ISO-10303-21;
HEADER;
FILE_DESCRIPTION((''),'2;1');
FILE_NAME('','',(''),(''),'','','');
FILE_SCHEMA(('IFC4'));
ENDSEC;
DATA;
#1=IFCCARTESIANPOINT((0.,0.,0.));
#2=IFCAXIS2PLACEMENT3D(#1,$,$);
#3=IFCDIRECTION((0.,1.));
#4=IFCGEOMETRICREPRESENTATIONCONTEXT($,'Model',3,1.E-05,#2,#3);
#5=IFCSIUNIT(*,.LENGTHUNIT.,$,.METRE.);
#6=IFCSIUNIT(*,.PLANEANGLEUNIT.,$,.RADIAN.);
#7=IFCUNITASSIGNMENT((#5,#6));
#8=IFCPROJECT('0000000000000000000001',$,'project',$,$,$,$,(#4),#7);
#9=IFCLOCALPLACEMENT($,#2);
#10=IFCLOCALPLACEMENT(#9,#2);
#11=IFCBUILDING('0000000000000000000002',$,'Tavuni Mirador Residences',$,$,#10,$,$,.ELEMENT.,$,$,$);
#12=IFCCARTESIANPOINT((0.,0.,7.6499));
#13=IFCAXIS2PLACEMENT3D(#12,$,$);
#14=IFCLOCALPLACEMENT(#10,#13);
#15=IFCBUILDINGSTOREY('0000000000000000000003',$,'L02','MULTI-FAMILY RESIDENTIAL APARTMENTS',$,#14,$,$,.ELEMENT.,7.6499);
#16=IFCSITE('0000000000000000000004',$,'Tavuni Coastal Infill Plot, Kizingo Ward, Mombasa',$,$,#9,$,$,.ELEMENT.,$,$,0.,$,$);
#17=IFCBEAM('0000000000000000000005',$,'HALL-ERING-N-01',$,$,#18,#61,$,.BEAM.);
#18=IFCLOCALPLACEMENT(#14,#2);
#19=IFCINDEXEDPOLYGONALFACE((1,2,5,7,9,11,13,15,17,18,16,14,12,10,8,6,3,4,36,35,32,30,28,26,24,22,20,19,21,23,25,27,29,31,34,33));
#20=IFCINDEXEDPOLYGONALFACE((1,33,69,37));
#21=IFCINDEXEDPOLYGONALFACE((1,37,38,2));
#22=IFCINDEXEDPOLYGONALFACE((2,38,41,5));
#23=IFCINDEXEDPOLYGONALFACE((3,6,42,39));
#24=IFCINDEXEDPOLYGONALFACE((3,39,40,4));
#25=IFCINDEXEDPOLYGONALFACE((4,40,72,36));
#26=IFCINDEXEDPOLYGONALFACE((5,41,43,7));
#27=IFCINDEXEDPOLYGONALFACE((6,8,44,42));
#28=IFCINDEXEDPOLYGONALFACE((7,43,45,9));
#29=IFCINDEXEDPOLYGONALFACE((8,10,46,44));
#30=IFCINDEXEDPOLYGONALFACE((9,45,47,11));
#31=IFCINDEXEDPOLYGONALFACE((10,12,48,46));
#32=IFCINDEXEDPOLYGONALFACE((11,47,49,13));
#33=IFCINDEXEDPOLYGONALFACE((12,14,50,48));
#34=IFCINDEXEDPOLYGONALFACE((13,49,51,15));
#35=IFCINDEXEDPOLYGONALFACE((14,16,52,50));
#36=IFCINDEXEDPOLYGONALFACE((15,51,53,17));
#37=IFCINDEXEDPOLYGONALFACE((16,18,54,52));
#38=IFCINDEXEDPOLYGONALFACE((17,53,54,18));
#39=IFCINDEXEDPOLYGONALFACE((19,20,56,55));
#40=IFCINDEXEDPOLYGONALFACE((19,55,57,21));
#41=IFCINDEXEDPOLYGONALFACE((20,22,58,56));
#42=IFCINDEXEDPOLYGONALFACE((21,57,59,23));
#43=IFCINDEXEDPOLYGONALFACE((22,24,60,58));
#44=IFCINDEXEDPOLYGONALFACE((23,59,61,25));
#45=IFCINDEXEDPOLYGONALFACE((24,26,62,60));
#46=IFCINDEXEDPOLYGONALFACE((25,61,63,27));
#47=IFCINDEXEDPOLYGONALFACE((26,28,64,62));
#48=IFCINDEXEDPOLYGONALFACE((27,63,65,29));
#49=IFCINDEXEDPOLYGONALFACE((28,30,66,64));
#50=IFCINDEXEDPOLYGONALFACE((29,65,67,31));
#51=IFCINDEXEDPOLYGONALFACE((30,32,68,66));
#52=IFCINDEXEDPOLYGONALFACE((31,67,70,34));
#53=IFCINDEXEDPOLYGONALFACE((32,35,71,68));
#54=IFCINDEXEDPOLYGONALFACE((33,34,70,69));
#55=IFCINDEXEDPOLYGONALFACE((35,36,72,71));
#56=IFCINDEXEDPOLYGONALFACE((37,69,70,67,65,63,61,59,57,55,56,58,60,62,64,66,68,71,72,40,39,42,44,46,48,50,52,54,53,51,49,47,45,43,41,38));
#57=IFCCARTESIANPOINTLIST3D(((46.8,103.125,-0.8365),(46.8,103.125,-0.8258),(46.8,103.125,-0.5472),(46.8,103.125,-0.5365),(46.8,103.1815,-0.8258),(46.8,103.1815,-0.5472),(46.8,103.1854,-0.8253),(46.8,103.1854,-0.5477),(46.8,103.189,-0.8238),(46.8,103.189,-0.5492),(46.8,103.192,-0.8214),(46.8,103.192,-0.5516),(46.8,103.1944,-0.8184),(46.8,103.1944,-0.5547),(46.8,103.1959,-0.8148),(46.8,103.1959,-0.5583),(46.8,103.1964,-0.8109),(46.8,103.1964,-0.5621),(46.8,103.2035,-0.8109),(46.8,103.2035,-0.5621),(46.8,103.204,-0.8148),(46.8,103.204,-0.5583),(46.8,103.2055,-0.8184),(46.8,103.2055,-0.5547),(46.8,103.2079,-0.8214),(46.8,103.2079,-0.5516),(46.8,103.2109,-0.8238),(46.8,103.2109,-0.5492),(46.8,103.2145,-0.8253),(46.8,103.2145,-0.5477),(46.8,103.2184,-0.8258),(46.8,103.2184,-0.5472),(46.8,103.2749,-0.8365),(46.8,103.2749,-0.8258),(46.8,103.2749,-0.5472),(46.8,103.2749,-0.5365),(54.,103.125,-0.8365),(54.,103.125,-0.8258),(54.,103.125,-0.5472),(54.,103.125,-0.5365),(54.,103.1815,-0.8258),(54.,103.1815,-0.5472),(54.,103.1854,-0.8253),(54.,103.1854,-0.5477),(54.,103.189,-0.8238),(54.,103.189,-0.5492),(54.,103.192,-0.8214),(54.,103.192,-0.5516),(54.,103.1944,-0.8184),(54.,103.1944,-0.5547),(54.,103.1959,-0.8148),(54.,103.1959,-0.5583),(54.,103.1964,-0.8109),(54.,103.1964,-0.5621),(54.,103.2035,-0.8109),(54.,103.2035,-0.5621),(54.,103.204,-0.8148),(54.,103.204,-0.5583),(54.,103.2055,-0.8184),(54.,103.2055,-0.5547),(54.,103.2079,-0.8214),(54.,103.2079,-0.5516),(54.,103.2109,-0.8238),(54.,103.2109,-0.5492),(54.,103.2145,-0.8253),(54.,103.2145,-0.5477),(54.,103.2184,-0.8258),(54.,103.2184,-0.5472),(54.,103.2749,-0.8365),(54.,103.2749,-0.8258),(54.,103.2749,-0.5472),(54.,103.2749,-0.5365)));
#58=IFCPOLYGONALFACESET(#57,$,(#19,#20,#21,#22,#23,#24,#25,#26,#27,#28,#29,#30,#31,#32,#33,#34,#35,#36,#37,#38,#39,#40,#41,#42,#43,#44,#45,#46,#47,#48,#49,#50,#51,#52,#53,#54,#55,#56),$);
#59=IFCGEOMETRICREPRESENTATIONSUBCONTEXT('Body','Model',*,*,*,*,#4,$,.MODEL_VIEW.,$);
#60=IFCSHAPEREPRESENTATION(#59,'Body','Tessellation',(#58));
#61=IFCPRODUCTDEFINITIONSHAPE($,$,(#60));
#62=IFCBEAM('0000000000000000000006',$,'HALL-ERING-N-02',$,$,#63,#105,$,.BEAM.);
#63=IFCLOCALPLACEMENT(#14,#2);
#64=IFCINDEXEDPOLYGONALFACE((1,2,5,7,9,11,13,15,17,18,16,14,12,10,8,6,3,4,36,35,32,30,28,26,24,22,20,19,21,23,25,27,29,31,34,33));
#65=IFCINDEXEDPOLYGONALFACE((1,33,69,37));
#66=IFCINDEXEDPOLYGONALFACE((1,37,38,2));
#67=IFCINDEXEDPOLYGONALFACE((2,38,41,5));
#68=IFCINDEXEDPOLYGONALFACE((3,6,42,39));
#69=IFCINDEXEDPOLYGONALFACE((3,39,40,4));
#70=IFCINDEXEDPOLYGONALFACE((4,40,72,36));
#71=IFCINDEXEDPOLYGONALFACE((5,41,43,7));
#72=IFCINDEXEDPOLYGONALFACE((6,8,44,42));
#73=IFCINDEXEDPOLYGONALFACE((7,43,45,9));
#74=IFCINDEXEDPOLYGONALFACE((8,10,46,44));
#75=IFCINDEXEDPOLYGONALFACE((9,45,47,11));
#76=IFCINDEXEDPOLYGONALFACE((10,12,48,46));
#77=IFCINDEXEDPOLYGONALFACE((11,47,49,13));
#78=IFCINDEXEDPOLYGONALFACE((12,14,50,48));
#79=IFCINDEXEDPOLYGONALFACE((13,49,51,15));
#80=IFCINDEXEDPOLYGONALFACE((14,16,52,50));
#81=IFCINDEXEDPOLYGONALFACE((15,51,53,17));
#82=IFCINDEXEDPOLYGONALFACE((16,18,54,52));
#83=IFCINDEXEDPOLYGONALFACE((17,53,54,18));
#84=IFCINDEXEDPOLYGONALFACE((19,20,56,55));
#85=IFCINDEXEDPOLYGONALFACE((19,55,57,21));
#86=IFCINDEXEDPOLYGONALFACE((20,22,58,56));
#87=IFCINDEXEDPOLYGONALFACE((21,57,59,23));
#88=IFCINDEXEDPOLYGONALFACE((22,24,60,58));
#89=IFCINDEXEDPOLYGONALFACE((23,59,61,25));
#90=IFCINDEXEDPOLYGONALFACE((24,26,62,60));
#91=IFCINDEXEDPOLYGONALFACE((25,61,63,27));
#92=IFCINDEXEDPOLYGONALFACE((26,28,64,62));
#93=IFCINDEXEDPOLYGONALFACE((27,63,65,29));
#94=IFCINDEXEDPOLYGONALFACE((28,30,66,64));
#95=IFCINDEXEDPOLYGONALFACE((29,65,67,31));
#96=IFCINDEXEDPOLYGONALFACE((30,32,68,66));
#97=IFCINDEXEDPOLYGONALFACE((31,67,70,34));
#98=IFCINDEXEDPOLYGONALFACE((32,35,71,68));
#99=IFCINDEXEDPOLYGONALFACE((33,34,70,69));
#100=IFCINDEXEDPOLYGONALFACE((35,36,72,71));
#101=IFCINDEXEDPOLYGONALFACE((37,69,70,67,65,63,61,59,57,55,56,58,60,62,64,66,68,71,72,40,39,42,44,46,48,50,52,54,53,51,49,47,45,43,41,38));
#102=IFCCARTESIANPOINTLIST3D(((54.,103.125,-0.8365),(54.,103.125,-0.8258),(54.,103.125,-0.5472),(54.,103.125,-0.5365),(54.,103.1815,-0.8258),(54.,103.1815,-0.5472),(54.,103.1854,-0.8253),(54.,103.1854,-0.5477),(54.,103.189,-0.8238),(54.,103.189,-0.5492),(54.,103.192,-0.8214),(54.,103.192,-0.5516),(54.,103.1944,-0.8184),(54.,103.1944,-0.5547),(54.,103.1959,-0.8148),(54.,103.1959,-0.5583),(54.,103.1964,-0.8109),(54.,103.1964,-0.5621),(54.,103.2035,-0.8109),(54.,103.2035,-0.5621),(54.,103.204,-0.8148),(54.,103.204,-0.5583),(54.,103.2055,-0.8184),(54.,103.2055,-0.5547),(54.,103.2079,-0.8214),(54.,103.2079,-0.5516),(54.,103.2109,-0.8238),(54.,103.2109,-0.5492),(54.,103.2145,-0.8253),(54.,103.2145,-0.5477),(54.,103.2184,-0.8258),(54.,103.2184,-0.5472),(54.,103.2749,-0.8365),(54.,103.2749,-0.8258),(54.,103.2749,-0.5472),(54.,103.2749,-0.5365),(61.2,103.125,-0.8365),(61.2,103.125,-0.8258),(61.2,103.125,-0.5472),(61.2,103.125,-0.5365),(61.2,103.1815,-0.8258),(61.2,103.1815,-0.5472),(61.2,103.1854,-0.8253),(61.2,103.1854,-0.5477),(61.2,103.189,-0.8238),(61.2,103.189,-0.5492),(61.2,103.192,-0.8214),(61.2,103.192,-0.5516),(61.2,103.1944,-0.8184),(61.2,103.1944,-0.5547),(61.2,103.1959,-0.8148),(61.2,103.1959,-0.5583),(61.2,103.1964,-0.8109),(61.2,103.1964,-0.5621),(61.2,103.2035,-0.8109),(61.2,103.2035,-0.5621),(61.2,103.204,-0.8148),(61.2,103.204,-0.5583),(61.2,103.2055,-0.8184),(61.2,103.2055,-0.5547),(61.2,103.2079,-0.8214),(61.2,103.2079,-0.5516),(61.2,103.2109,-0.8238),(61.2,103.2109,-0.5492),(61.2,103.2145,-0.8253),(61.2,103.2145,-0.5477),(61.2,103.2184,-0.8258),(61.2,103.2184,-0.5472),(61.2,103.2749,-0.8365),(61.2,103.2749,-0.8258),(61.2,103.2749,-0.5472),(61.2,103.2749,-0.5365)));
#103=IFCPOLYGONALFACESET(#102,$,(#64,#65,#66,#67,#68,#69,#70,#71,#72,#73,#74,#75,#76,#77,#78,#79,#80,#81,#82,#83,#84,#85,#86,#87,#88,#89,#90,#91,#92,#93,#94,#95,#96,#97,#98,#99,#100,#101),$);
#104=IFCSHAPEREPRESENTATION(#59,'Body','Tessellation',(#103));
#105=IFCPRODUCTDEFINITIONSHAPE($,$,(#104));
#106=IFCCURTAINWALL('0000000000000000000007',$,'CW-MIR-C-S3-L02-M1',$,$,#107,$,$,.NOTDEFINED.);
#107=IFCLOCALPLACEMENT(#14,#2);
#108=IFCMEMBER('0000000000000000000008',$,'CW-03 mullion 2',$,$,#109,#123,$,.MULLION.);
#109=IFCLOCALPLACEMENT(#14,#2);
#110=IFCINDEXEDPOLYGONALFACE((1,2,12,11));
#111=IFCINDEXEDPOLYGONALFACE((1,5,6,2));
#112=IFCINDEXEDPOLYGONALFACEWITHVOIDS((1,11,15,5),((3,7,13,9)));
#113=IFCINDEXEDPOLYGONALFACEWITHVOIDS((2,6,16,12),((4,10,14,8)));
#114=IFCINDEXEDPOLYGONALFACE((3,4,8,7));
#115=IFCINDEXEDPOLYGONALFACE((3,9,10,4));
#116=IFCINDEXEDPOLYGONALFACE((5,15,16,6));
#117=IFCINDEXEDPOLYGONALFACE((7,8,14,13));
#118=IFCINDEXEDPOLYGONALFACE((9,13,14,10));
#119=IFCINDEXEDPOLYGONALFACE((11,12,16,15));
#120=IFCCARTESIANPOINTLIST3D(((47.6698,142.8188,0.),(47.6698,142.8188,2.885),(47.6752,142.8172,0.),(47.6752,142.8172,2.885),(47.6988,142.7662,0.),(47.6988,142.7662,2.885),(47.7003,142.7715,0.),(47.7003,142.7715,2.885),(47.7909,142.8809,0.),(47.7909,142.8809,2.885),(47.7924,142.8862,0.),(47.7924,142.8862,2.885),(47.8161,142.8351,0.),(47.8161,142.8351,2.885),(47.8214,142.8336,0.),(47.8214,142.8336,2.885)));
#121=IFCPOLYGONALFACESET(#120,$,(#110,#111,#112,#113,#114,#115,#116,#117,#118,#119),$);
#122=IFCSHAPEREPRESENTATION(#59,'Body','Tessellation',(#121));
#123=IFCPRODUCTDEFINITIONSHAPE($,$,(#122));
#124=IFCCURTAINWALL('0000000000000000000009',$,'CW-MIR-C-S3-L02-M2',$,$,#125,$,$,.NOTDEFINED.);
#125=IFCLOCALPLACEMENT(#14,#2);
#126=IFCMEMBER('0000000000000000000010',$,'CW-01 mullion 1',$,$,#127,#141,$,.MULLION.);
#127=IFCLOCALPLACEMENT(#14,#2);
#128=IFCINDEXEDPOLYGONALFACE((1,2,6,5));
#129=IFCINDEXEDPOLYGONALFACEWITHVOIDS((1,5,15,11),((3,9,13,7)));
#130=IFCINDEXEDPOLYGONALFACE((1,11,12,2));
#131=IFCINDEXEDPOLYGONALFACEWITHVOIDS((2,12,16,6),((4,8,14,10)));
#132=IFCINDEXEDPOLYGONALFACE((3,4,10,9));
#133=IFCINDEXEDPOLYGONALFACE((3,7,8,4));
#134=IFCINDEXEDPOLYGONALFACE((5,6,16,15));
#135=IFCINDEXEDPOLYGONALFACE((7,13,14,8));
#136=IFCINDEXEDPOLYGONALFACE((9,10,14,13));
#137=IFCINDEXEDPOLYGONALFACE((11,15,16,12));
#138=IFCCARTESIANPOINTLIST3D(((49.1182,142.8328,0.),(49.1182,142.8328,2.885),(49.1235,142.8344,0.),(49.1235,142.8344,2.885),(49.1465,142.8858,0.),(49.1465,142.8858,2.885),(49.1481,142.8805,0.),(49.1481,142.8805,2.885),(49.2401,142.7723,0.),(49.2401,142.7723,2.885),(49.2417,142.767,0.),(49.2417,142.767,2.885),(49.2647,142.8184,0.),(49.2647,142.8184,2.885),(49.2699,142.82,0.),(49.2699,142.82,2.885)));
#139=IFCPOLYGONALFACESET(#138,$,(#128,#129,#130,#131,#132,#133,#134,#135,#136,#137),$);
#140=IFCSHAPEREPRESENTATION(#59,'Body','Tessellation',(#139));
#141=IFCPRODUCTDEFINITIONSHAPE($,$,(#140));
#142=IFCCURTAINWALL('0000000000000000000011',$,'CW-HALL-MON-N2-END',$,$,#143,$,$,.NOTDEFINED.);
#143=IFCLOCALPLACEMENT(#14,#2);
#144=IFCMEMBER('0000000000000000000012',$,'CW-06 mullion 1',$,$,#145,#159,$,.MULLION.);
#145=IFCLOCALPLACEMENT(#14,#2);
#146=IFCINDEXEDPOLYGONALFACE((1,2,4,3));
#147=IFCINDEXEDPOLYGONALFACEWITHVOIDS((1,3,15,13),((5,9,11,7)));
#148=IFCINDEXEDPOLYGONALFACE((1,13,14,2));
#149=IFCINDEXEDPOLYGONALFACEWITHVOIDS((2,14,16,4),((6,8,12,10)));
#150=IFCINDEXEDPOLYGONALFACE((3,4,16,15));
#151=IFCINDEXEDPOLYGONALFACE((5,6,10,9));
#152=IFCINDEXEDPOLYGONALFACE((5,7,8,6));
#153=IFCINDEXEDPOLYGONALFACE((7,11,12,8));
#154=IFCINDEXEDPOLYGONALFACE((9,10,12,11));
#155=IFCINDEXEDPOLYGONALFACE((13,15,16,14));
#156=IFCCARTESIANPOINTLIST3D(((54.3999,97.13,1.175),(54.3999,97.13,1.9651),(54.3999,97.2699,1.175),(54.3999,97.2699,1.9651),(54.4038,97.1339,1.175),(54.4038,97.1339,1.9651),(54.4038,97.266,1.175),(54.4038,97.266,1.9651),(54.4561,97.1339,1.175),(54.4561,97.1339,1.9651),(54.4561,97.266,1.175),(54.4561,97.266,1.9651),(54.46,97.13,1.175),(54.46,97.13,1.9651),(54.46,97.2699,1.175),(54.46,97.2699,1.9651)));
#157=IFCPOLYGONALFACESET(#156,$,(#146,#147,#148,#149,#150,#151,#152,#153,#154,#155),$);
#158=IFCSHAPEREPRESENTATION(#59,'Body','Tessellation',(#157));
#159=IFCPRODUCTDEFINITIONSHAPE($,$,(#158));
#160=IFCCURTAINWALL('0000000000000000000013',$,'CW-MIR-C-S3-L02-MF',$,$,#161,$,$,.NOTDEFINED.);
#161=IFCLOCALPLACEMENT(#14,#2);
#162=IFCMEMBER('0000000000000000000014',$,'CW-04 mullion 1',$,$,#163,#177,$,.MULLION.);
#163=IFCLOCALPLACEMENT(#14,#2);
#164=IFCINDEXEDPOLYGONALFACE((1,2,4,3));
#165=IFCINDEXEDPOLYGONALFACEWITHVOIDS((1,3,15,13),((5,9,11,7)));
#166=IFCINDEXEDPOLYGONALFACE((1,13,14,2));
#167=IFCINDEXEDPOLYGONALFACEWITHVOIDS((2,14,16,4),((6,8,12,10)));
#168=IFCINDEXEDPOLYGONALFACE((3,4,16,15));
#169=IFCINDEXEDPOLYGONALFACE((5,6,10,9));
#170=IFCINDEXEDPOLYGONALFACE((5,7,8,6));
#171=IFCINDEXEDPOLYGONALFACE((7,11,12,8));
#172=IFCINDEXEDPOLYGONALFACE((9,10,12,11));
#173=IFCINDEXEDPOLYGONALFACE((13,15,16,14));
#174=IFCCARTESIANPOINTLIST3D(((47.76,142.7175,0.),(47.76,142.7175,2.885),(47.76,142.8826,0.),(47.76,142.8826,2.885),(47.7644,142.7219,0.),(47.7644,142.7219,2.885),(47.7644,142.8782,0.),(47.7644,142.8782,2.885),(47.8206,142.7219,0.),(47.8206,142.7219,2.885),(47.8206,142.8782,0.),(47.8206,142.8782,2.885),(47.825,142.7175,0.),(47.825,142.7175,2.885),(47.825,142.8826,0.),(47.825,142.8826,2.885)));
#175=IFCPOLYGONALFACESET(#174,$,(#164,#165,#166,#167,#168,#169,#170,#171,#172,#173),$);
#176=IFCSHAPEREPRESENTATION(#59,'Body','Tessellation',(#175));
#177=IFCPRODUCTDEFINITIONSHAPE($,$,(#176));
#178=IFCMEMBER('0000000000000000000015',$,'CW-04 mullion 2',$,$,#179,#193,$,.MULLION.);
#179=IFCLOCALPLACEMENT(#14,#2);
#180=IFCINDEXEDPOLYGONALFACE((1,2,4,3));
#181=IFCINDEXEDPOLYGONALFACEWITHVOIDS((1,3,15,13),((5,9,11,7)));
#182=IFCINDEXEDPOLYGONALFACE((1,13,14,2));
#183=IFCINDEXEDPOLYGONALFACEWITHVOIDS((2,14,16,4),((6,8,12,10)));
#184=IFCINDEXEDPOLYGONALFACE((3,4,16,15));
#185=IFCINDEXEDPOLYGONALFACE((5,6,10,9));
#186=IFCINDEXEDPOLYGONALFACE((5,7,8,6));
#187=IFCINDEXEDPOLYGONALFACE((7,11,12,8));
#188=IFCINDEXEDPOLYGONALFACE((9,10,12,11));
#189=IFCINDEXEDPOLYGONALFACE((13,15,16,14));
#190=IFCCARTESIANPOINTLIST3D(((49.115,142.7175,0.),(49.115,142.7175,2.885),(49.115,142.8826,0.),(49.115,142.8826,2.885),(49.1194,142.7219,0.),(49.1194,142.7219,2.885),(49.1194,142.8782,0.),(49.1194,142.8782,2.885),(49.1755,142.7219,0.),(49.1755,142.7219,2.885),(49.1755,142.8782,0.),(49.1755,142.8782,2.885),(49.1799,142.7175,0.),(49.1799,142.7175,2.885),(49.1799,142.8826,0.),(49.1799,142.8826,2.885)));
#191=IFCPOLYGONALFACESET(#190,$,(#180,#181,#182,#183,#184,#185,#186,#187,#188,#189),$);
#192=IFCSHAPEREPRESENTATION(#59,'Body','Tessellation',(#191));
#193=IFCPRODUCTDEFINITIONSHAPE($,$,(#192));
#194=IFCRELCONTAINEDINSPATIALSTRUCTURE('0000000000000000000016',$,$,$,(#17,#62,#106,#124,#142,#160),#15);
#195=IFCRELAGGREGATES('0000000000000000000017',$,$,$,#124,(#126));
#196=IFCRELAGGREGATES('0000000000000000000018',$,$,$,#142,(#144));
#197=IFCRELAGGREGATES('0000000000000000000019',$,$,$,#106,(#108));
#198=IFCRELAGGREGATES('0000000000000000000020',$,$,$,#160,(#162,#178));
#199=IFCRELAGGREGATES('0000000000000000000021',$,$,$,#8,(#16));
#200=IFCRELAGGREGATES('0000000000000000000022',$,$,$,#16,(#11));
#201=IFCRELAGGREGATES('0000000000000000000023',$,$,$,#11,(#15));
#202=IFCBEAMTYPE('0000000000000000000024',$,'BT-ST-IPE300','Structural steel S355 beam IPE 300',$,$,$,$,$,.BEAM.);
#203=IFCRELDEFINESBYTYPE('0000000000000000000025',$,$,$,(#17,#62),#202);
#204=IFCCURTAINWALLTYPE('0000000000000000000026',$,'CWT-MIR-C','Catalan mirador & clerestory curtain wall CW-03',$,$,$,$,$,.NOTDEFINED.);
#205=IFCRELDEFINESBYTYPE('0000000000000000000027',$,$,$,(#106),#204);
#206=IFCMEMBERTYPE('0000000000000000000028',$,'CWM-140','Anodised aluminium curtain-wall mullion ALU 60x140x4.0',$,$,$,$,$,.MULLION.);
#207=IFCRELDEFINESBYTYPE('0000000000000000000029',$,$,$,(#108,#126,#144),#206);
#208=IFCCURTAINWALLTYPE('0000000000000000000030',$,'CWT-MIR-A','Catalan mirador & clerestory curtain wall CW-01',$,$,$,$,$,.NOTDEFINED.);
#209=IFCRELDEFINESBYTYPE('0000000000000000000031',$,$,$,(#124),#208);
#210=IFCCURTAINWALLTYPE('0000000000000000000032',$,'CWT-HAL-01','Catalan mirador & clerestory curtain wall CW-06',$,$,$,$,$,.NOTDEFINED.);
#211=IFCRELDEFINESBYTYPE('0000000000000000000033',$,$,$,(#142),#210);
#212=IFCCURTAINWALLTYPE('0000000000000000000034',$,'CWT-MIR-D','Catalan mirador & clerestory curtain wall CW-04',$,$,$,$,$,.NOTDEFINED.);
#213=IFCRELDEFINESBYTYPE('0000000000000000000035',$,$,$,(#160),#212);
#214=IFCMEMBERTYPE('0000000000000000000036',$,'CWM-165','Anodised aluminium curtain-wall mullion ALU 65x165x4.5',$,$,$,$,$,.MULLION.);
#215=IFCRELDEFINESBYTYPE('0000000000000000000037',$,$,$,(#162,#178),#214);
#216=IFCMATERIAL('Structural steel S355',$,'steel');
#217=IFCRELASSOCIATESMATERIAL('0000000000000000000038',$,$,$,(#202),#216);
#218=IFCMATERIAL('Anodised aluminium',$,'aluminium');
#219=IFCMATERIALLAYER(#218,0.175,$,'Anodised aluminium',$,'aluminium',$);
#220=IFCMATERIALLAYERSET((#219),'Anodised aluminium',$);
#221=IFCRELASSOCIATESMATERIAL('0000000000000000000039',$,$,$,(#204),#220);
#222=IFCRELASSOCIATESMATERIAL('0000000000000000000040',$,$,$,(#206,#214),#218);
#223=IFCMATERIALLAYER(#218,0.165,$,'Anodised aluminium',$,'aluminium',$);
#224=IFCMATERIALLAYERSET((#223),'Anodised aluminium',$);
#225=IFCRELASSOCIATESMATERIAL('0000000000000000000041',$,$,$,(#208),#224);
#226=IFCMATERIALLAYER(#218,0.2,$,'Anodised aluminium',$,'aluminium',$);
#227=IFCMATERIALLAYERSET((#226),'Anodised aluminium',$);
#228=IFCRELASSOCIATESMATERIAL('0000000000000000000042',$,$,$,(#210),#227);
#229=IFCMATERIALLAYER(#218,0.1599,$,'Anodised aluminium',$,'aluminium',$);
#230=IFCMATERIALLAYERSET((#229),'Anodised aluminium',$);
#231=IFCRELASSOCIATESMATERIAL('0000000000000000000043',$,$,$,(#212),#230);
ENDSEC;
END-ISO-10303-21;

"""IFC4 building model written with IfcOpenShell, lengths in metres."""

from ifc_helpers import new_model, si_unit, direction, frame, origin, origin_2d, place, context, subcontext, project, spatial, hollow_rectangle, i_section, extrude, material, layer, layer_set, material_profile, profile_set, type_object, element, aggregate, save


model = new_model("IFC4")

# Units and contexts
model_context = context("Model", 3, precision=1e-05, world=origin(), true_north=direction((0.0, 1.0)))
body_context = subcontext(model_context, "Body", "Model", "MODEL_VIEW")
ifc_project = project(units=[si_unit("LENGTHUNIT", "METRE"), si_unit("PLANEANGLEUNIT", "RADIAN")], contexts=[model_context])

# Site, building, storey
site_placement = place(None, origin())
site = spatial("IfcSite", under=ifc_project, at=site_placement, Name="Tavuni Coastal Infill Plot, Kizingo Ward, Mombasa", CompositionType="ELEMENT", RefElevation=0.0)
building_placement = place(site_placement, origin())
building = spatial("IfcBuilding", under=site, at=building_placement, Name="Tavuni Mirador Residences", CompositionType="ELEMENT")
storey_placement = place(building_placement, frame((0.0, 0.0, 7.6499)))
storey = spatial("IfcBuildingStorey", under=building, at=storey_placement, Name="L02", Description="MULTI-FAMILY RESIDENTIAL APARTMENTS", CompositionType="ELEMENT", Elevation=7.6499)

# Beams
ifc_material_1 = material(Name="Structural steel S355", Category="steel")
ifc_material_profile_1 = material_profile(ifc_material_1, i_section(OverallWidth=0.1499, OverallDepth=0.3, WebThickness=0.0071, FlangeThickness=0.0107, FilletRadius=0.0149, at=origin_2d()), Name="IPE 300", Category="steel")
ifc_profile_set_1 = profile_set([ifc_material_profile_1], Name="Structural steel S355")
beam_type = type_object("IfcBeamType", Name="BT-ST-IPE300", Description="Structural steel S355 beam IPE 300", PredefinedType="BEAM", material=ifc_profile_set_1)
for number, where, z_axis, x_axis, name in (
    (1, (46.8, 103.2, -0.6865), (1.0, 0.0, 0.0), (0.0, 1.0, 0.0), "HALL-ERING-N-01"),
    (2, (54.0, 103.2, -0.6865), (1.0, 0.0, 0.0), (0.0, 1.0, 0.0), "HALL-ERING-N-02"),
):
    element("IfcBeam", number, at=place(storey_placement, frame(where, z_axis=z_axis, x_axis=x_axis)), inside=storey, type_object=beam_type, Name=name, PredefinedType="BEAM", context=body_context, shape_type="SweptSolid", body=[
        extrude(i_section(OverallWidth=0.1499, OverallDepth=0.3, WebThickness=0.0071, FlangeThickness=0.0107, FilletRadius=0.0149, at=origin_2d()), origin(), (0.0, 0.0, 1.0), 7.2),
    ])

# Curtain walls, members
ifc_material_2 = material(Name="Anodised aluminium", Category="aluminium")
ifc_layer_1 = layer(ifc_material_2, 0.175, Name="Anodised aluminium", Category="aluminium")
ifc_layer_set_1 = layer_set([ifc_layer_1], Name="Anodised aluminium")
curtain_wall_type_1 = type_object("IfcCurtainWallType", Name="CWT-MIR-C", Description="Catalan mirador & clerestory curtain wall CW-03", PredefinedType="NOTDEFINED", material=ifc_layer_set_1)
curtain_wall_1_placement = place(storey_placement, origin())
curtain_wall_1 = element("IfcCurtainWall", 3, at=curtain_wall_1_placement, inside=storey, type_object=curtain_wall_type_1, Name="CW-MIR-C-S3-L02-M1", PredefinedType="NOTDEFINED")
ifc_material_profile_2 = material_profile(ifc_material_2, hollow_rectangle(XDim=0.0601, YDim=0.1399, WallThickness=0.0039, at=origin_2d()), Name="ALU 60x140x4.0", Category="aluminium")
ifc_profile_set_2 = profile_set([ifc_material_profile_2], Name="Anodised aluminium")
member_type_1 = type_object("IfcMemberType", Name="CWM-140", Description="Anodised aluminium curtain-wall mullion ALU 60x140x4.0", PredefinedType="MULLION", material=ifc_profile_set_2)
member_1_placement = place(storey_placement, frame((47.7456, 142.8262, 0.0), z_axis=(0.0, 0.0, 1.0), x_axis=(0.481919, -0.876216, 0.0)))
member_1 = element("IfcMember", 4, at=member_1_placement, type_object=member_type_1, Name="CW-03 mullion 2", PredefinedType="MULLION", context=body_context, shape_type="SweptSolid", body=[
    extrude(hollow_rectangle(XDim=0.0601, YDim=0.1399, WallThickness=0.0039, at=origin_2d()), origin(), (0.0, 0.0, 1.0), 2.885),
])
ifc_layer_2 = layer(ifc_material_2, 0.165, Name="Anodised aluminium", Category="aluminium")
ifc_layer_set_2 = layer_set([ifc_layer_2], Name="Anodised aluminium")
curtain_wall_type_2 = type_object("IfcCurtainWallType", Name="CWT-MIR-A", Description="Catalan mirador & clerestory curtain wall CW-01", PredefinedType="NOTDEFINED", material=ifc_layer_set_2)
curtain_wall_2_placement = place(storey_placement, origin())
curtain_wall_2 = element("IfcCurtainWall", 5, at=curtain_wall_2_placement, inside=storey, type_object=curtain_wall_type_2, Name="CW-MIR-C-S3-L02-M2", PredefinedType="NOTDEFINED")
member_2_placement = place(storey_placement, frame((49.1941, 142.8264, 0.0), z_axis=(0.0, 0.0, 1.0), x_axis=(0.470588, 0.882353, 0.0)))
member_2 = element("IfcMember", 6, at=member_2_placement, type_object=member_type_1, Name="CW-01 mullion 1", PredefinedType="MULLION", context=body_context, shape_type="SweptSolid", body=[
    extrude(hollow_rectangle(XDim=0.0601, YDim=0.1399, WallThickness=0.0039, at=origin_2d()), origin(), (0.0, 0.0, 1.0), 2.885),
])
ifc_layer_3 = layer(ifc_material_2, 0.2, Name="Anodised aluminium", Category="aluminium")
ifc_layer_set_3 = layer_set([ifc_layer_3], Name="Anodised aluminium")
curtain_wall_type_3 = type_object("IfcCurtainWallType", Name="CWT-HAL-01", Description="Catalan mirador & clerestory curtain wall CW-06", PredefinedType="NOTDEFINED", material=ifc_layer_set_3)
curtain_wall_3_placement = place(storey_placement, origin())
curtain_wall_3 = element("IfcCurtainWall", 7, at=curtain_wall_3_placement, inside=storey, type_object=curtain_wall_type_3, Name="CW-HALL-MON-N2-END", PredefinedType="NOTDEFINED")
member_3_placement = place(storey_placement, frame((54.4299, 97.2, 1.175), z_axis=(0.0, 0.0, 1.0), x_axis=(1.0, 0.0, 0.0)))
member_3 = element("IfcMember", 8, at=member_3_placement, type_object=member_type_1, Name="CW-06 mullion 1", PredefinedType="MULLION", context=body_context, shape_type="SweptSolid", body=[
    extrude(hollow_rectangle(XDim=0.0601, YDim=0.1399, WallThickness=0.0039, at=origin_2d()), origin(), (0.0, 0.0, 1.0), 0.79),
])

# Curtain wall, members
ifc_layer_4 = layer(ifc_material_2, 0.1599, Name="Anodised aluminium", Category="aluminium")
ifc_layer_set_4 = layer_set([ifc_layer_4], Name="Anodised aluminium")
curtain_wall_type_4 = type_object("IfcCurtainWallType", Name="CWT-MIR-D", Description="Catalan mirador & clerestory curtain wall CW-04", PredefinedType="NOTDEFINED", material=ifc_layer_set_4)
curtain_wall_4_placement = place(storey_placement, origin())
curtain_wall_4 = element("IfcCurtainWall", 9, at=curtain_wall_4_placement, inside=storey, type_object=curtain_wall_type_4, Name="CW-MIR-C-S3-L02-MF", PredefinedType="NOTDEFINED")
ifc_material_profile_3 = material_profile(ifc_material_2, hollow_rectangle(XDim=0.0649, YDim=0.165, WallThickness=0.0044, at=origin_2d()), Name="ALU 65x165x4.5", Category="aluminium")
ifc_profile_set_3 = profile_set([ifc_material_profile_3], Name="Anodised aluminium")
member_type_2 = type_object("IfcMemberType", Name="CWM-165", Description="Anodised aluminium curtain-wall mullion ALU 65x165x4.5", PredefinedType="MULLION", material=ifc_profile_set_3)
member_4_placement = place(storey_placement, frame((47.7925, 142.8, 0.0), z_axis=(0.0, 0.0, 1.0), x_axis=(1.0, 0.0, 0.0)))
member_4 = element("IfcMember", 10, at=member_4_placement, type_object=member_type_2, Name="CW-04 mullion 1", PredefinedType="MULLION", context=body_context, shape_type="SweptSolid", body=[
    extrude(hollow_rectangle(XDim=0.0649, YDim=0.165, WallThickness=0.0044, at=origin_2d()), origin(), (0.0, 0.0, 1.0), 2.885),
])
member_5_placement = place(storey_placement, frame((49.1475, 142.8, 0.0), z_axis=(0.0, 0.0, 1.0), x_axis=(1.0, 0.0, 0.0)))
member_5 = element("IfcMember", 11, at=member_5_placement, type_object=member_type_2, Name="CW-04 mullion 2", PredefinedType="MULLION", context=body_context, shape_type="SweptSolid", body=[
    extrude(hollow_rectangle(XDim=0.0649, YDim=0.165, WallThickness=0.0044, at=origin_2d()), origin(), (0.0, 0.0, 1.0), 2.885),
])

aggregate(curtain_wall_2, [member_2])
aggregate(curtain_wall_3, [member_3])

aggregate(curtain_wall_1, [member_1])
aggregate(curtain_wall_4, [member_4, member_5])

save(model, "model.ifc")
